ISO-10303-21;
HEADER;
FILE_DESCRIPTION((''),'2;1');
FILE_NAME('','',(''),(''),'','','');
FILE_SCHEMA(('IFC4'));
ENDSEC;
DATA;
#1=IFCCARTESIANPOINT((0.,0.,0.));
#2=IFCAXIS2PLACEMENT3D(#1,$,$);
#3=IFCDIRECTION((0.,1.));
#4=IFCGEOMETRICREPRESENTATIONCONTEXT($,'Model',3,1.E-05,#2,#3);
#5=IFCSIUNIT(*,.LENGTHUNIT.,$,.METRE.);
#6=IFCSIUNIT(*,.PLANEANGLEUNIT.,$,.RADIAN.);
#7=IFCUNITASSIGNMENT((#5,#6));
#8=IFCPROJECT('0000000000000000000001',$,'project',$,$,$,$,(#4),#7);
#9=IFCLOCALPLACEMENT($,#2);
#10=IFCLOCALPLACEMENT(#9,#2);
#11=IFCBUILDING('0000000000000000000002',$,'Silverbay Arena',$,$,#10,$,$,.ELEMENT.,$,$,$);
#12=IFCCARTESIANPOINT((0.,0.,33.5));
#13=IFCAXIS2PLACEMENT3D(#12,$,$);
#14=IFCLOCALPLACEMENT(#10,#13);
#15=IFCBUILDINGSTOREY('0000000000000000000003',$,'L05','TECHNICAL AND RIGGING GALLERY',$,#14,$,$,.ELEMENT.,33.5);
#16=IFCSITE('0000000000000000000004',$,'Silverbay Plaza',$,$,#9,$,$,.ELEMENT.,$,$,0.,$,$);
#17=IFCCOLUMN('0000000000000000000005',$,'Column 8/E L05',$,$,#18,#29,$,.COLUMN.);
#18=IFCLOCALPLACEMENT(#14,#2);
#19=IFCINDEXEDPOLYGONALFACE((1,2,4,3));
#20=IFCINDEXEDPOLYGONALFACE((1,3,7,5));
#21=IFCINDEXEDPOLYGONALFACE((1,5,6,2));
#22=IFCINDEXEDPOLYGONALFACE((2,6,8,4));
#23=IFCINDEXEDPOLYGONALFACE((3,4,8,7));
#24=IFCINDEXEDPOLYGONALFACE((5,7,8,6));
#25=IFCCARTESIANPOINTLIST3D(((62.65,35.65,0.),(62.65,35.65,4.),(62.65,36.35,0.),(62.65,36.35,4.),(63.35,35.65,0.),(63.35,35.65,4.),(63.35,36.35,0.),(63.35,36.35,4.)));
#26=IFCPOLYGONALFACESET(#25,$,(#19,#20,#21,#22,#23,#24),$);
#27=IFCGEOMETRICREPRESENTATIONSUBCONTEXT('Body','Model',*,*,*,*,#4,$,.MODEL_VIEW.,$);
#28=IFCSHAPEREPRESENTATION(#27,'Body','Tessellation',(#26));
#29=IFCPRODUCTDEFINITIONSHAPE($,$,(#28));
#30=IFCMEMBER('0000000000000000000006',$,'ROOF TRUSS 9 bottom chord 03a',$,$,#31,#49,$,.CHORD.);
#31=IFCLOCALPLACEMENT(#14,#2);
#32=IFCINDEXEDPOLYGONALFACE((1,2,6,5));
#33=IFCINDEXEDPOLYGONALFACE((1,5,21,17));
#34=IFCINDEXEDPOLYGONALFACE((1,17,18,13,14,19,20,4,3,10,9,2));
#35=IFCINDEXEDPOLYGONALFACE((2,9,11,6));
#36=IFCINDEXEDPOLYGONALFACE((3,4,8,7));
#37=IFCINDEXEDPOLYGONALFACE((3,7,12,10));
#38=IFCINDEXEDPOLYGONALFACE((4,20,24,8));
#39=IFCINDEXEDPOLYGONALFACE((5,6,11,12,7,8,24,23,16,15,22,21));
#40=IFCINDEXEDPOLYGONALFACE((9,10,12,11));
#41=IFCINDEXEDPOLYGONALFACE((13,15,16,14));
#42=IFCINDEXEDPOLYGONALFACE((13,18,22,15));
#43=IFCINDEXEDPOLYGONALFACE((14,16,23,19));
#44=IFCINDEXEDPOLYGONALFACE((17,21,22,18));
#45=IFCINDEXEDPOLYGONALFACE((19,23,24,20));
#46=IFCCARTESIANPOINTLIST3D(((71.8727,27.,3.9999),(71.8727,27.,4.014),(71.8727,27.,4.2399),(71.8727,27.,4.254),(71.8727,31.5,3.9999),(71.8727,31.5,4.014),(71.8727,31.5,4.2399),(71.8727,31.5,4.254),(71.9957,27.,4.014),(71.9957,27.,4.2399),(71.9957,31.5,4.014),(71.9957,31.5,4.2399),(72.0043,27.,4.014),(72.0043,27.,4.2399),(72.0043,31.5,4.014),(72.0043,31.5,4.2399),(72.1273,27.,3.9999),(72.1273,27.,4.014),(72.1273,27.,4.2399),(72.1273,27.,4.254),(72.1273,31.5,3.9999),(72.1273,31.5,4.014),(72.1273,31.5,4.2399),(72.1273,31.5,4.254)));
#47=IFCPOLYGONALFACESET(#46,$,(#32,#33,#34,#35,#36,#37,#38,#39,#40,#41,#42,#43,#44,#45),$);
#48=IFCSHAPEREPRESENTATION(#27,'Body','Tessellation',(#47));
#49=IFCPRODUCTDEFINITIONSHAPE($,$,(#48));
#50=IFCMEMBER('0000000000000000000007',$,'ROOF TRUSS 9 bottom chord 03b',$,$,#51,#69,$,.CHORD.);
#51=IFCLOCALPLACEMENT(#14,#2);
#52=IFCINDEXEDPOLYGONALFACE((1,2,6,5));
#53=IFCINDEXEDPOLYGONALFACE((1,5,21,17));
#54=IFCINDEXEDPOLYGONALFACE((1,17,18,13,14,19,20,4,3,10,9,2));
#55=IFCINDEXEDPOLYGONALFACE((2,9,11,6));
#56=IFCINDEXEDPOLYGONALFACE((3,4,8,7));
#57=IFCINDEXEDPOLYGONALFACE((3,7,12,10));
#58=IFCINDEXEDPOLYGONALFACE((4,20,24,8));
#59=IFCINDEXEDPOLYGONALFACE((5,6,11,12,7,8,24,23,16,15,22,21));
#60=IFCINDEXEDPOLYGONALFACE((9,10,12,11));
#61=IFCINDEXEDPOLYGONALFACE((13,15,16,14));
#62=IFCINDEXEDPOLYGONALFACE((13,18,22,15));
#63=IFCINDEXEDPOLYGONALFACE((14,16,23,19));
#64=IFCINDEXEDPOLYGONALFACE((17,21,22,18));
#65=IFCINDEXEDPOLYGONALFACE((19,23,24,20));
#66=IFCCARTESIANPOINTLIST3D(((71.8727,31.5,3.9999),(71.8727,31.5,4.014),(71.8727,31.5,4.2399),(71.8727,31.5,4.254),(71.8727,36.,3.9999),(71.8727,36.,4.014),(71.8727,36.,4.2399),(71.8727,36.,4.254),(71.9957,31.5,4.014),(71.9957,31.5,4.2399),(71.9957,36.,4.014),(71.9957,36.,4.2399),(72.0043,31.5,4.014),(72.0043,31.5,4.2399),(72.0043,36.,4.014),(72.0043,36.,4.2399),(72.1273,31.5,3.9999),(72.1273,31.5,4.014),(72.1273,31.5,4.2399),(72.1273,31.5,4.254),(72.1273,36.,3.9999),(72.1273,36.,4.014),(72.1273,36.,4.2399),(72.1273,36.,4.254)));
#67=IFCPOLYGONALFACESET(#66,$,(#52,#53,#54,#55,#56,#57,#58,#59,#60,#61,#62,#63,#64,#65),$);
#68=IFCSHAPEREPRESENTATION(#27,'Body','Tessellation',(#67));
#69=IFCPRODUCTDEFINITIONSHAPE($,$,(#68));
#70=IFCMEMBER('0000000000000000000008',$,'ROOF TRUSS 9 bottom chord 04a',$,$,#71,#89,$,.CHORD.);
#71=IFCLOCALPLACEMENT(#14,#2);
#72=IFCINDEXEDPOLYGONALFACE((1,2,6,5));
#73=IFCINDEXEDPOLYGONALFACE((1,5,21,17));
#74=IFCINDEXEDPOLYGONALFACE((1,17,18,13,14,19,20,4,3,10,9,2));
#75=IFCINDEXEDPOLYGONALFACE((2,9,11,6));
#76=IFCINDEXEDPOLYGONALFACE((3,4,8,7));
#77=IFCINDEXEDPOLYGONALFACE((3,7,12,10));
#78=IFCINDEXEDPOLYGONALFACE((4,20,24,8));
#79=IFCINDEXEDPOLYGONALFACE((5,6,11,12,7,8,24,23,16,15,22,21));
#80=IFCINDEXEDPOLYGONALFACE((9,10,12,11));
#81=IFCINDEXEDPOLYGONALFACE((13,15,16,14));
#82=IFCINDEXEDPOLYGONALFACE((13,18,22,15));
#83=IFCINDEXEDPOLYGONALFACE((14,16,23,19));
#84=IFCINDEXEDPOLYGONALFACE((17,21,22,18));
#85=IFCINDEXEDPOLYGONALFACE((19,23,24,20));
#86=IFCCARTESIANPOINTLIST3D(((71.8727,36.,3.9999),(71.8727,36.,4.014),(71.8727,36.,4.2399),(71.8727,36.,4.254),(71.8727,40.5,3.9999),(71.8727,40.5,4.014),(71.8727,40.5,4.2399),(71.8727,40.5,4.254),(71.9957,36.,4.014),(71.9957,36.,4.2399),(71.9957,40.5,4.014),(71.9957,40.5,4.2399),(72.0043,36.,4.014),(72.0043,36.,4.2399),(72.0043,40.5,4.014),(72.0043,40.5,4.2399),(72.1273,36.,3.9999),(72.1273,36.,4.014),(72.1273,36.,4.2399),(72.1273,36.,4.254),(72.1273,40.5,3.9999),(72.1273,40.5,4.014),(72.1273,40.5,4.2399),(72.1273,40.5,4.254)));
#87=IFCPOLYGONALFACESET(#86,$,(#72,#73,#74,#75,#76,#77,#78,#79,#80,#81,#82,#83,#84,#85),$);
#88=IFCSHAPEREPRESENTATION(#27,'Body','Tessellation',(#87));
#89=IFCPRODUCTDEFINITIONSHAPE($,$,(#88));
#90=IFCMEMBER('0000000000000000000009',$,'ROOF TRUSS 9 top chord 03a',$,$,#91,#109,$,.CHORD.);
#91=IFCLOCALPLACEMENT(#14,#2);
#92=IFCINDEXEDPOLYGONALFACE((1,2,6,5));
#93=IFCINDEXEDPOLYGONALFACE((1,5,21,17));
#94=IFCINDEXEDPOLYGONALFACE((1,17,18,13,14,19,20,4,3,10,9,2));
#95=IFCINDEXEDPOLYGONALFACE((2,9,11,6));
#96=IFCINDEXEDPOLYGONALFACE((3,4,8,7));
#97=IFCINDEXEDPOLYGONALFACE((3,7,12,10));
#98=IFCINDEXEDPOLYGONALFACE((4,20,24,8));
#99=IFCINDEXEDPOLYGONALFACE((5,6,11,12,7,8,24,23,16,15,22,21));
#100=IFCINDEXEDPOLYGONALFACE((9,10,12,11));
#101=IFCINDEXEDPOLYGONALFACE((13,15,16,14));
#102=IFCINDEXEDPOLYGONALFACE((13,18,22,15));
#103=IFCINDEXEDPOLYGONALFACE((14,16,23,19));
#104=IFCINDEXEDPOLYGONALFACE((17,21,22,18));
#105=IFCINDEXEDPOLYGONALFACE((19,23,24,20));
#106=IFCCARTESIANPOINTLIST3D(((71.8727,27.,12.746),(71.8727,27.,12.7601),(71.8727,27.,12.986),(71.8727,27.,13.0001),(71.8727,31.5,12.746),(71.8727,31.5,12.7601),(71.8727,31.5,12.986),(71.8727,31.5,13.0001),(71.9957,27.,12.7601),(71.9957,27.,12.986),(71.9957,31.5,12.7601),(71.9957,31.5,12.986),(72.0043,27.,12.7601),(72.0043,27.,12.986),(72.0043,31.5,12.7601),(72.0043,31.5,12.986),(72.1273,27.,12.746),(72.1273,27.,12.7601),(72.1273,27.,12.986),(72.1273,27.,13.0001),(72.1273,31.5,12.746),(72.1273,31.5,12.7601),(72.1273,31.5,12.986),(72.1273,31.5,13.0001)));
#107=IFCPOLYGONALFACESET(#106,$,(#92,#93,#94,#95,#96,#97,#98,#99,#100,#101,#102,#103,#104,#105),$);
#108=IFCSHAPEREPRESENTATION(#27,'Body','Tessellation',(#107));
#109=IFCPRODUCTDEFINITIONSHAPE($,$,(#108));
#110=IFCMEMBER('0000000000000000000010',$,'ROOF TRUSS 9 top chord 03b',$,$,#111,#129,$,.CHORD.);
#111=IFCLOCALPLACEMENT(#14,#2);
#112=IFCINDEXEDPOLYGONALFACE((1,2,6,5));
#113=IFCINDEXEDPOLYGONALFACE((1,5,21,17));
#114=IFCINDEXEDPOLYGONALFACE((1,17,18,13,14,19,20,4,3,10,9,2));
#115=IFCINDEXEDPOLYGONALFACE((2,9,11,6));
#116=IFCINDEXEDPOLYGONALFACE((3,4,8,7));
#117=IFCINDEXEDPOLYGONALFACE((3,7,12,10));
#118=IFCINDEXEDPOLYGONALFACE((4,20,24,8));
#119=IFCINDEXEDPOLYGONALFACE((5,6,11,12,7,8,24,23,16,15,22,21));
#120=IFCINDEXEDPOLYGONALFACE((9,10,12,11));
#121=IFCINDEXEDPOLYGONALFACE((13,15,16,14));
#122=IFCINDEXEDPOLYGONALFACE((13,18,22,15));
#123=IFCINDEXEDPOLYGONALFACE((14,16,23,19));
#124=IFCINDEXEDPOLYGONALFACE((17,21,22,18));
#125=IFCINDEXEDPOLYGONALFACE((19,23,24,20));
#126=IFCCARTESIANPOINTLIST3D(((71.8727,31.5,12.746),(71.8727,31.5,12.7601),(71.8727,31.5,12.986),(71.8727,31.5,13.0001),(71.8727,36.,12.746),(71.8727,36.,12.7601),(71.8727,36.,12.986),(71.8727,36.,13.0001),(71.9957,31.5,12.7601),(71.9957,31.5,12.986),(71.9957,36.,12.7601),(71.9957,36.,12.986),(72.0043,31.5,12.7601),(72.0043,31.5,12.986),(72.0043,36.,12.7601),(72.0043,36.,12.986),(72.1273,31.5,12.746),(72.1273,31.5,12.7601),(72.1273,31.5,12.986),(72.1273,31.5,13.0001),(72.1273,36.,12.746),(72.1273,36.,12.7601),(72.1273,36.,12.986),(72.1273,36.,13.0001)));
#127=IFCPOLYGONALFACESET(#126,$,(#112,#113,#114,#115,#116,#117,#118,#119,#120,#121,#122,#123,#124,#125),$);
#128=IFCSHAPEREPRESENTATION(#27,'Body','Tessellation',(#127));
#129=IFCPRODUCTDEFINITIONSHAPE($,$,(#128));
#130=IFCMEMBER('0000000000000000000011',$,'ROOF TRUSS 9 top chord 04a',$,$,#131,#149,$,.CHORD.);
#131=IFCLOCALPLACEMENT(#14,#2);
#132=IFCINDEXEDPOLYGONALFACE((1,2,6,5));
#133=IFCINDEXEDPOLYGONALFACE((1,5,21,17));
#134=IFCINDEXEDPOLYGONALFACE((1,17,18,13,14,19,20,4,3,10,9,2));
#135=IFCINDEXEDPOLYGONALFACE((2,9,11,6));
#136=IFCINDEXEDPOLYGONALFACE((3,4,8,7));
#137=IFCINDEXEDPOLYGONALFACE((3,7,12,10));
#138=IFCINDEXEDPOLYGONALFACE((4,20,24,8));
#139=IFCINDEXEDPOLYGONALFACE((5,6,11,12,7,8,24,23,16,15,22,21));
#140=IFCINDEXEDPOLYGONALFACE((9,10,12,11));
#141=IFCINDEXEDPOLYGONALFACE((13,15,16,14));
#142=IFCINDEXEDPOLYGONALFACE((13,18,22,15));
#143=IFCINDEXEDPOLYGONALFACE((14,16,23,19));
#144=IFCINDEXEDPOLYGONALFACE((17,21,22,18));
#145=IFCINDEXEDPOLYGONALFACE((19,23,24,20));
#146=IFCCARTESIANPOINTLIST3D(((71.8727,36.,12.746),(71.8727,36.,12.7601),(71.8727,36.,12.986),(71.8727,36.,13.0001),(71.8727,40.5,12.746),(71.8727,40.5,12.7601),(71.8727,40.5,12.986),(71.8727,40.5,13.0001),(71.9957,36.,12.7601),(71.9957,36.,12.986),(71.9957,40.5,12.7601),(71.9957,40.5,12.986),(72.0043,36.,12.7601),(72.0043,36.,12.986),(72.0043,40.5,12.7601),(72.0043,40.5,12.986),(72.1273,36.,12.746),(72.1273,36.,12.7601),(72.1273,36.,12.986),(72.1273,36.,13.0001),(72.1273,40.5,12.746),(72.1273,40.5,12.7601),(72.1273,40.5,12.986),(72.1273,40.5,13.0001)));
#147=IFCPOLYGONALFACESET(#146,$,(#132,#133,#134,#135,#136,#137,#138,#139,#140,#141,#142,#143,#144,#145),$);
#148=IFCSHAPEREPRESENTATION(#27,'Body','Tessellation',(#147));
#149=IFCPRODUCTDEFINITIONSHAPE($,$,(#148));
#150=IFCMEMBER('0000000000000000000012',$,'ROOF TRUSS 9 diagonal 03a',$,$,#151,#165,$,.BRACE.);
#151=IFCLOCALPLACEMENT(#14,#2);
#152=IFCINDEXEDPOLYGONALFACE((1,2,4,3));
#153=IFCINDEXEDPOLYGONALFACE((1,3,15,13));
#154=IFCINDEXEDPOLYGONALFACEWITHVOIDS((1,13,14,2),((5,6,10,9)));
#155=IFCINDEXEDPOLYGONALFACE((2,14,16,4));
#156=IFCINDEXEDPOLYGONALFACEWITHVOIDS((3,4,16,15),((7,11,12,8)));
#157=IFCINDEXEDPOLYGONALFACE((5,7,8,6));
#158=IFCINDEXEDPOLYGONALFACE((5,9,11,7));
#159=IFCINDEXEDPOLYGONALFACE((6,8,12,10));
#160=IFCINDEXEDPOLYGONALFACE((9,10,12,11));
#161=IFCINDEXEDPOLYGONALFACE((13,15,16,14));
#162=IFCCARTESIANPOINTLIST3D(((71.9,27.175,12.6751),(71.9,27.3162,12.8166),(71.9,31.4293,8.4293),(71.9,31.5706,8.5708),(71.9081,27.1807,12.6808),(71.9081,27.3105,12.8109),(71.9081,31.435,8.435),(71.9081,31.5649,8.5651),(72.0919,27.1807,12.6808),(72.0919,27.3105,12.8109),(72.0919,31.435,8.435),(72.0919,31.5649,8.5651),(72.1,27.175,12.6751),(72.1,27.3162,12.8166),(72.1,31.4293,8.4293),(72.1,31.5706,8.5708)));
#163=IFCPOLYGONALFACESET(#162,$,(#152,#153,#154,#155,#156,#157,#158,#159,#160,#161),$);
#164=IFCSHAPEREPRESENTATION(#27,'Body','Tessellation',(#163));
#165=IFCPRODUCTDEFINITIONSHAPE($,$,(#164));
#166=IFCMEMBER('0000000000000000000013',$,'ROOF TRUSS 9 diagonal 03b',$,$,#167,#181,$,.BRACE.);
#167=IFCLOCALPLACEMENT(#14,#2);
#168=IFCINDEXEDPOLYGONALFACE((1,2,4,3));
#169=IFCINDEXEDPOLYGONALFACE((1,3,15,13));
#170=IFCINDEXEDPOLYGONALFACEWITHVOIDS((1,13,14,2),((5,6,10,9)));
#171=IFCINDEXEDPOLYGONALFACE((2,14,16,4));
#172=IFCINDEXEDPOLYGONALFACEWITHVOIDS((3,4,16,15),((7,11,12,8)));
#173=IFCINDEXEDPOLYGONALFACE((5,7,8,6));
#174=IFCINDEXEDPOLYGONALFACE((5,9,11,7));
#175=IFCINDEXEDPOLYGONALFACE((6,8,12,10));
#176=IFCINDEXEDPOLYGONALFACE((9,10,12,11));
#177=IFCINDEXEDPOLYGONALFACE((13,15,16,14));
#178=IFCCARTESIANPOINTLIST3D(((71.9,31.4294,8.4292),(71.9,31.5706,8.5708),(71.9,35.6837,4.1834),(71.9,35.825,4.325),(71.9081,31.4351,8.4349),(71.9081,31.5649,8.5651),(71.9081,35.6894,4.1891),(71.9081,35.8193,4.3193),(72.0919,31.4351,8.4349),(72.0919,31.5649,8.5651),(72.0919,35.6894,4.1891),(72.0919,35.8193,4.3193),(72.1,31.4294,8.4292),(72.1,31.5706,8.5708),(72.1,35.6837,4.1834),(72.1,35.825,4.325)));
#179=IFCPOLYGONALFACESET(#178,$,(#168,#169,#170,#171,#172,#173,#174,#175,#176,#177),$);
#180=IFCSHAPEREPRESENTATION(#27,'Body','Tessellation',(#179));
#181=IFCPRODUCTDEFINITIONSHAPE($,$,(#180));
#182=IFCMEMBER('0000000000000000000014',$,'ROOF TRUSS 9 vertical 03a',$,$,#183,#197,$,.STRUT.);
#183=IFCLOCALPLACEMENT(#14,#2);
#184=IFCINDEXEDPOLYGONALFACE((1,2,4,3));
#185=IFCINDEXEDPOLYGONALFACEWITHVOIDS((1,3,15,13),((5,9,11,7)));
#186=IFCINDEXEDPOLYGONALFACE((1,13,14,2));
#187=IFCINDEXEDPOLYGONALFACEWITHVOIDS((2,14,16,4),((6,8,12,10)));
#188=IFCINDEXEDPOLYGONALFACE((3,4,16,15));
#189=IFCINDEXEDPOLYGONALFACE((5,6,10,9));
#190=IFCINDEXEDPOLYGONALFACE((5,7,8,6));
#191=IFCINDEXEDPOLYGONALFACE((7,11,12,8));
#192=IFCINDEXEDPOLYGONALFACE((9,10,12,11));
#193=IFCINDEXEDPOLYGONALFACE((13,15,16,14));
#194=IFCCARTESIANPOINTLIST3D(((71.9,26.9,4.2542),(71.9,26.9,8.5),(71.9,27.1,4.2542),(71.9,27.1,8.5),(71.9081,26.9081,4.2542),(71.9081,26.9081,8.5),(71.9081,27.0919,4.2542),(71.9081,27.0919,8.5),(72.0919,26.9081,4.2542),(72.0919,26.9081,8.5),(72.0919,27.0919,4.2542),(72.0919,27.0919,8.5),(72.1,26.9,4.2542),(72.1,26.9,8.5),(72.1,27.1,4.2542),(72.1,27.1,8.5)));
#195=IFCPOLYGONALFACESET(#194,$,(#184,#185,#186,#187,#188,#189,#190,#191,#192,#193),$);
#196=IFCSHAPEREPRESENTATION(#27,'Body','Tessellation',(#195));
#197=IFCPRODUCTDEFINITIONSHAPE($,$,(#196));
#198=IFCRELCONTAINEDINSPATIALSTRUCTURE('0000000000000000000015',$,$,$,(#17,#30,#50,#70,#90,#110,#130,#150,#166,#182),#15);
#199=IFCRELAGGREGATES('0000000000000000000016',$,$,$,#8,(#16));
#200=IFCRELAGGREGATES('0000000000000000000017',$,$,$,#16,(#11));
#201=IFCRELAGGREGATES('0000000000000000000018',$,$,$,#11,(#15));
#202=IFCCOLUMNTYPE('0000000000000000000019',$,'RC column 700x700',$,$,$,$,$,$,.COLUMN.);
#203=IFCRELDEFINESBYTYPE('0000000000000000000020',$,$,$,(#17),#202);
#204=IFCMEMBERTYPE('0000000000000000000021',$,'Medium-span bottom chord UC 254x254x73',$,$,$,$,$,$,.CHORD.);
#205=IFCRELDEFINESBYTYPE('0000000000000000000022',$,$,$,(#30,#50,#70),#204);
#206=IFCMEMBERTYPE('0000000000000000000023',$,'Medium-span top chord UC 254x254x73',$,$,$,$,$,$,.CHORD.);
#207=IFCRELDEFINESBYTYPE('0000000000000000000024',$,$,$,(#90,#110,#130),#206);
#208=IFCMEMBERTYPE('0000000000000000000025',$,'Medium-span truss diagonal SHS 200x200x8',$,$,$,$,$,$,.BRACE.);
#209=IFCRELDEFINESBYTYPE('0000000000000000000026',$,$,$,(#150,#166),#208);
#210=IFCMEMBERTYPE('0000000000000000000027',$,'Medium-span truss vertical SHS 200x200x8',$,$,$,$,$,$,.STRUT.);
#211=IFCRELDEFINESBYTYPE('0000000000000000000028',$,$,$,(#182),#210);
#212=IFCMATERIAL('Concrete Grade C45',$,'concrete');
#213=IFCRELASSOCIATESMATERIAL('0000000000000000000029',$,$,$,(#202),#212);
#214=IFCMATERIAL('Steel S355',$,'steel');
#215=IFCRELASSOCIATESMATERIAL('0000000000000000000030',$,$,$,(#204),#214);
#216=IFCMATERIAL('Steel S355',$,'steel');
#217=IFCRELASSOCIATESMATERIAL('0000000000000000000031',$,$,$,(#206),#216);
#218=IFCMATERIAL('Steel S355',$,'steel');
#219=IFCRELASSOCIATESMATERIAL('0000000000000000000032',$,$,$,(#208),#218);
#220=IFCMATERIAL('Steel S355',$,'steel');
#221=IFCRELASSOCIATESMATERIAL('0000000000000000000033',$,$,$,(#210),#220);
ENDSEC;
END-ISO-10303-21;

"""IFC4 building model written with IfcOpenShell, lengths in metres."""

from ifc_helpers import new_model, si_unit, direction, frame, origin, origin_2d, place, context, subcontext, project, spatial, rectangle, hollow_rectangle, i_section, extrude, material, material_profile, profile_set, type_object, element, save


model = new_model("IFC4")

# Units and contexts
model_context = context("Model", 3, precision=1e-05, world=origin(), true_north=direction((0.0, 1.0)))
body_context = subcontext(model_context, "Body", "Model", "MODEL_VIEW")
ifc_project = project(units=[si_unit("LENGTHUNIT", "METRE"), si_unit("PLANEANGLEUNIT", "RADIAN")], contexts=[model_context])

# Site, building, storey
site_placement = place(None, origin())
site = spatial("IfcSite", under=ifc_project, at=site_placement, Name="Silverbay Plaza", CompositionType="ELEMENT", RefElevation=0.0)
building_placement = place(site_placement, origin())
building = spatial("IfcBuilding", under=site, at=building_placement, Name="Silverbay Arena", CompositionType="ELEMENT")
storey_placement = place(building_placement, frame((0.0, 0.0, 33.5)))
storey = spatial("IfcBuildingStorey", under=building, at=storey_placement, Name="L05", Description="TECHNICAL AND RIGGING GALLERY", CompositionType="ELEMENT", Elevation=33.5)

# Column
ifc_material_1 = material(Name="Concrete Grade C45", Category="concrete")
ifc_material_profile_1 = material_profile(ifc_material_1, rectangle(XDim=0.7, YDim=0.7, at=origin_2d()), Name="RC 700x700")
ifc_profile_set_1 = profile_set([ifc_material_profile_1], Name="Concrete Grade C45")
column_type = type_object("IfcColumnType", Name="RC column 700x700", PredefinedType="COLUMN", material=ifc_profile_set_1)
column_placement = place(storey_placement, frame((63.0, 36.0, 0.0), z_axis=(0.0, 0.0, 1.0), x_axis=(1.0, 0.0, 0.0)))
element("IfcColumn", 1, at=column_placement, inside=storey, type_object=column_type, Name="Column 8/E L05", PredefinedType="COLUMN", context=body_context, shape_type="SweptSolid", body=[
    extrude(rectangle(XDim=0.7, YDim=0.7, at=origin_2d()), origin(), (0.0, 0.0, 1.0), 4.0),
])

# Members
ifc_material_2 = material(Name="Steel S355", Category="steel")
ifc_material_profile_2 = material_profile(ifc_material_2, i_section(OverallWidth=0.2546, OverallDepth=0.2542, WebThickness=0.0085, FlangeThickness=0.0142, at=origin_2d()), Name="UC 254x254x73")
ifc_profile_set_2 = profile_set([ifc_material_profile_2], Name="Steel S355")
member_type_1 = type_object("IfcMemberType", Name="Medium-span bottom chord UC 254x254x73", PredefinedType="CHORD", material=ifc_profile_set_2)
for number, where, z_axis, x_axis, name in (
    (2, (72.0, 27.0, 4.127), (0.0, 1.0, 0.0), (-1.0, 0.0, 0.0), "ROOF TRUSS 9 bottom chord 03a"),
    (3, (72.0, 31.5, 4.127), (0.0, 1.0, 0.0), (-1.0, 0.0, 0.0), "ROOF TRUSS 9 bottom chord 03b"),
    (4, (72.0, 36.0, 4.127), (0.0, 1.0, 0.0), (-1.0, 0.0, 0.0), "ROOF TRUSS 9 bottom chord 04a"),
):
    element("IfcMember", number, at=place(storey_placement, frame(where, z_axis=z_axis, x_axis=x_axis)), inside=storey, type_object=member_type_1, Name=name, PredefinedType="CHORD", context=body_context, shape_type="SweptSolid", body=[
        extrude(i_section(OverallWidth=0.2546, OverallDepth=0.2542, WebThickness=0.0085, FlangeThickness=0.0142, at=origin_2d()), origin(), (0.0, 0.0, 1.0), 4.5),
    ])
ifc_material_3 = material(Name="Steel S355", Category="steel")
ifc_material_profile_3 = material_profile(ifc_material_3, i_section(OverallWidth=0.2546, OverallDepth=0.2542, WebThickness=0.0085, FlangeThickness=0.0142, at=origin_2d()), Name="UC 254x254x73")
ifc_profile_set_3 = profile_set([ifc_material_profile_3], Name="Steel S355")
member_type_2 = type_object("IfcMemberType", Name="Medium-span top chord UC 254x254x73", PredefinedType="CHORD", material=ifc_profile_set_3)
for number, where, z_axis, x_axis, name in (
    (5, (72.0, 27.0, 12.873), (0.0, 1.0, 0.0), (-1.0, 0.0, 0.0), "ROOF TRUSS 9 top chord 03a"),
    (6, (72.0, 31.5, 12.873), (0.0, 1.0, 0.0), (-1.0, 0.0, 0.0), "ROOF TRUSS 9 top chord 03b"),
    (7, (72.0, 36.0, 12.873), (0.0, 1.0, 0.0), (-1.0, 0.0, 0.0), "ROOF TRUSS 9 top chord 04a"),
):
    element("IfcMember", number, at=place(storey_placement, frame(where, z_axis=z_axis, x_axis=x_axis)), inside=storey, type_object=member_type_2, Name=name, PredefinedType="CHORD", context=body_context, shape_type="SweptSolid", body=[
        extrude(i_section(OverallWidth=0.2546, OverallDepth=0.2542, WebThickness=0.0085, FlangeThickness=0.0142, at=origin_2d()), origin(), (0.0, 0.0, 1.0), 4.5),
    ])
ifc_material_4 = material(Name="Steel S355", Category="steel")
ifc_material_profile_4 = material_profile(ifc_material_4, hollow_rectangle(XDim=0.2, YDim=0.2, WallThickness=0.0081, at=origin_2d()), Name="SHS 200x200x8")
ifc_profile_set_4 = profile_set([ifc_material_profile_4], Name="Steel S355")
member_type_3 = type_object("IfcMemberType", Name="Medium-span truss diagonal SHS 200x200x8", PredefinedType="BRACE", material=ifc_profile_set_4)
for number, where, z_axis, x_axis, name in (
    (8, (72.0, 27.2456, 12.7458), (0.0, 0.707817, -0.706396), (-1.0, 0.0, 0.0), "ROOF TRUSS 9 diagonal 03a"),
    (9, (72.0, 31.5, 8.5), (0.0, 0.707817, -0.706396), (-1.0, 0.0, 0.0), "ROOF TRUSS 9 diagonal 03b"),
):
    element("IfcMember", number, at=place(storey_placement, frame(where, z_axis=z_axis, x_axis=x_axis)), inside=storey, type_object=member_type_3, Name=name, PredefinedType="BRACE", context=body_context, shape_type="SweptSolid", body=[
        extrude(hollow_rectangle(XDim=0.2, YDim=0.2, WallThickness=0.0081, at=origin_2d()), origin(), (0.0, 0.0, 1.0), 6.0105),
    ])
ifc_material_5 = material(Name="Steel S355", Category="steel")
ifc_material_profile_5 = material_profile(ifc_material_5, hollow_rectangle(XDim=0.2, YDim=0.2, WallThickness=0.0081, at=origin_2d()), Name="SHS 200x200x8")
ifc_profile_set_5 = profile_set([ifc_material_profile_5], Name="Steel S355")
member_type_4 = type_object("IfcMemberType", Name="Medium-span truss vertical SHS 200x200x8", PredefinedType="STRUT", material=ifc_profile_set_5)
for number, where, z_axis, x_axis, name in (
    (10, (72.0, 27.0, 4.2542), (0.0, 0.0, 1.0), (1.0, 0.0, 0.0), "ROOF TRUSS 9 vertical 03a"),
):
    element("IfcMember", number, at=place(storey_placement, frame(where, z_axis=z_axis, x_axis=x_axis)), inside=storey, type_object=member_type_4, Name=name, PredefinedType="STRUT", context=body_context, shape_type="SweptSolid", body=[
        extrude(hollow_rectangle(XDim=0.2, YDim=0.2, WallThickness=0.0081, at=origin_2d()), origin(), (0.0, 0.0, 1.0), 4.2458),
    ])

save(model, "model.ifc")
